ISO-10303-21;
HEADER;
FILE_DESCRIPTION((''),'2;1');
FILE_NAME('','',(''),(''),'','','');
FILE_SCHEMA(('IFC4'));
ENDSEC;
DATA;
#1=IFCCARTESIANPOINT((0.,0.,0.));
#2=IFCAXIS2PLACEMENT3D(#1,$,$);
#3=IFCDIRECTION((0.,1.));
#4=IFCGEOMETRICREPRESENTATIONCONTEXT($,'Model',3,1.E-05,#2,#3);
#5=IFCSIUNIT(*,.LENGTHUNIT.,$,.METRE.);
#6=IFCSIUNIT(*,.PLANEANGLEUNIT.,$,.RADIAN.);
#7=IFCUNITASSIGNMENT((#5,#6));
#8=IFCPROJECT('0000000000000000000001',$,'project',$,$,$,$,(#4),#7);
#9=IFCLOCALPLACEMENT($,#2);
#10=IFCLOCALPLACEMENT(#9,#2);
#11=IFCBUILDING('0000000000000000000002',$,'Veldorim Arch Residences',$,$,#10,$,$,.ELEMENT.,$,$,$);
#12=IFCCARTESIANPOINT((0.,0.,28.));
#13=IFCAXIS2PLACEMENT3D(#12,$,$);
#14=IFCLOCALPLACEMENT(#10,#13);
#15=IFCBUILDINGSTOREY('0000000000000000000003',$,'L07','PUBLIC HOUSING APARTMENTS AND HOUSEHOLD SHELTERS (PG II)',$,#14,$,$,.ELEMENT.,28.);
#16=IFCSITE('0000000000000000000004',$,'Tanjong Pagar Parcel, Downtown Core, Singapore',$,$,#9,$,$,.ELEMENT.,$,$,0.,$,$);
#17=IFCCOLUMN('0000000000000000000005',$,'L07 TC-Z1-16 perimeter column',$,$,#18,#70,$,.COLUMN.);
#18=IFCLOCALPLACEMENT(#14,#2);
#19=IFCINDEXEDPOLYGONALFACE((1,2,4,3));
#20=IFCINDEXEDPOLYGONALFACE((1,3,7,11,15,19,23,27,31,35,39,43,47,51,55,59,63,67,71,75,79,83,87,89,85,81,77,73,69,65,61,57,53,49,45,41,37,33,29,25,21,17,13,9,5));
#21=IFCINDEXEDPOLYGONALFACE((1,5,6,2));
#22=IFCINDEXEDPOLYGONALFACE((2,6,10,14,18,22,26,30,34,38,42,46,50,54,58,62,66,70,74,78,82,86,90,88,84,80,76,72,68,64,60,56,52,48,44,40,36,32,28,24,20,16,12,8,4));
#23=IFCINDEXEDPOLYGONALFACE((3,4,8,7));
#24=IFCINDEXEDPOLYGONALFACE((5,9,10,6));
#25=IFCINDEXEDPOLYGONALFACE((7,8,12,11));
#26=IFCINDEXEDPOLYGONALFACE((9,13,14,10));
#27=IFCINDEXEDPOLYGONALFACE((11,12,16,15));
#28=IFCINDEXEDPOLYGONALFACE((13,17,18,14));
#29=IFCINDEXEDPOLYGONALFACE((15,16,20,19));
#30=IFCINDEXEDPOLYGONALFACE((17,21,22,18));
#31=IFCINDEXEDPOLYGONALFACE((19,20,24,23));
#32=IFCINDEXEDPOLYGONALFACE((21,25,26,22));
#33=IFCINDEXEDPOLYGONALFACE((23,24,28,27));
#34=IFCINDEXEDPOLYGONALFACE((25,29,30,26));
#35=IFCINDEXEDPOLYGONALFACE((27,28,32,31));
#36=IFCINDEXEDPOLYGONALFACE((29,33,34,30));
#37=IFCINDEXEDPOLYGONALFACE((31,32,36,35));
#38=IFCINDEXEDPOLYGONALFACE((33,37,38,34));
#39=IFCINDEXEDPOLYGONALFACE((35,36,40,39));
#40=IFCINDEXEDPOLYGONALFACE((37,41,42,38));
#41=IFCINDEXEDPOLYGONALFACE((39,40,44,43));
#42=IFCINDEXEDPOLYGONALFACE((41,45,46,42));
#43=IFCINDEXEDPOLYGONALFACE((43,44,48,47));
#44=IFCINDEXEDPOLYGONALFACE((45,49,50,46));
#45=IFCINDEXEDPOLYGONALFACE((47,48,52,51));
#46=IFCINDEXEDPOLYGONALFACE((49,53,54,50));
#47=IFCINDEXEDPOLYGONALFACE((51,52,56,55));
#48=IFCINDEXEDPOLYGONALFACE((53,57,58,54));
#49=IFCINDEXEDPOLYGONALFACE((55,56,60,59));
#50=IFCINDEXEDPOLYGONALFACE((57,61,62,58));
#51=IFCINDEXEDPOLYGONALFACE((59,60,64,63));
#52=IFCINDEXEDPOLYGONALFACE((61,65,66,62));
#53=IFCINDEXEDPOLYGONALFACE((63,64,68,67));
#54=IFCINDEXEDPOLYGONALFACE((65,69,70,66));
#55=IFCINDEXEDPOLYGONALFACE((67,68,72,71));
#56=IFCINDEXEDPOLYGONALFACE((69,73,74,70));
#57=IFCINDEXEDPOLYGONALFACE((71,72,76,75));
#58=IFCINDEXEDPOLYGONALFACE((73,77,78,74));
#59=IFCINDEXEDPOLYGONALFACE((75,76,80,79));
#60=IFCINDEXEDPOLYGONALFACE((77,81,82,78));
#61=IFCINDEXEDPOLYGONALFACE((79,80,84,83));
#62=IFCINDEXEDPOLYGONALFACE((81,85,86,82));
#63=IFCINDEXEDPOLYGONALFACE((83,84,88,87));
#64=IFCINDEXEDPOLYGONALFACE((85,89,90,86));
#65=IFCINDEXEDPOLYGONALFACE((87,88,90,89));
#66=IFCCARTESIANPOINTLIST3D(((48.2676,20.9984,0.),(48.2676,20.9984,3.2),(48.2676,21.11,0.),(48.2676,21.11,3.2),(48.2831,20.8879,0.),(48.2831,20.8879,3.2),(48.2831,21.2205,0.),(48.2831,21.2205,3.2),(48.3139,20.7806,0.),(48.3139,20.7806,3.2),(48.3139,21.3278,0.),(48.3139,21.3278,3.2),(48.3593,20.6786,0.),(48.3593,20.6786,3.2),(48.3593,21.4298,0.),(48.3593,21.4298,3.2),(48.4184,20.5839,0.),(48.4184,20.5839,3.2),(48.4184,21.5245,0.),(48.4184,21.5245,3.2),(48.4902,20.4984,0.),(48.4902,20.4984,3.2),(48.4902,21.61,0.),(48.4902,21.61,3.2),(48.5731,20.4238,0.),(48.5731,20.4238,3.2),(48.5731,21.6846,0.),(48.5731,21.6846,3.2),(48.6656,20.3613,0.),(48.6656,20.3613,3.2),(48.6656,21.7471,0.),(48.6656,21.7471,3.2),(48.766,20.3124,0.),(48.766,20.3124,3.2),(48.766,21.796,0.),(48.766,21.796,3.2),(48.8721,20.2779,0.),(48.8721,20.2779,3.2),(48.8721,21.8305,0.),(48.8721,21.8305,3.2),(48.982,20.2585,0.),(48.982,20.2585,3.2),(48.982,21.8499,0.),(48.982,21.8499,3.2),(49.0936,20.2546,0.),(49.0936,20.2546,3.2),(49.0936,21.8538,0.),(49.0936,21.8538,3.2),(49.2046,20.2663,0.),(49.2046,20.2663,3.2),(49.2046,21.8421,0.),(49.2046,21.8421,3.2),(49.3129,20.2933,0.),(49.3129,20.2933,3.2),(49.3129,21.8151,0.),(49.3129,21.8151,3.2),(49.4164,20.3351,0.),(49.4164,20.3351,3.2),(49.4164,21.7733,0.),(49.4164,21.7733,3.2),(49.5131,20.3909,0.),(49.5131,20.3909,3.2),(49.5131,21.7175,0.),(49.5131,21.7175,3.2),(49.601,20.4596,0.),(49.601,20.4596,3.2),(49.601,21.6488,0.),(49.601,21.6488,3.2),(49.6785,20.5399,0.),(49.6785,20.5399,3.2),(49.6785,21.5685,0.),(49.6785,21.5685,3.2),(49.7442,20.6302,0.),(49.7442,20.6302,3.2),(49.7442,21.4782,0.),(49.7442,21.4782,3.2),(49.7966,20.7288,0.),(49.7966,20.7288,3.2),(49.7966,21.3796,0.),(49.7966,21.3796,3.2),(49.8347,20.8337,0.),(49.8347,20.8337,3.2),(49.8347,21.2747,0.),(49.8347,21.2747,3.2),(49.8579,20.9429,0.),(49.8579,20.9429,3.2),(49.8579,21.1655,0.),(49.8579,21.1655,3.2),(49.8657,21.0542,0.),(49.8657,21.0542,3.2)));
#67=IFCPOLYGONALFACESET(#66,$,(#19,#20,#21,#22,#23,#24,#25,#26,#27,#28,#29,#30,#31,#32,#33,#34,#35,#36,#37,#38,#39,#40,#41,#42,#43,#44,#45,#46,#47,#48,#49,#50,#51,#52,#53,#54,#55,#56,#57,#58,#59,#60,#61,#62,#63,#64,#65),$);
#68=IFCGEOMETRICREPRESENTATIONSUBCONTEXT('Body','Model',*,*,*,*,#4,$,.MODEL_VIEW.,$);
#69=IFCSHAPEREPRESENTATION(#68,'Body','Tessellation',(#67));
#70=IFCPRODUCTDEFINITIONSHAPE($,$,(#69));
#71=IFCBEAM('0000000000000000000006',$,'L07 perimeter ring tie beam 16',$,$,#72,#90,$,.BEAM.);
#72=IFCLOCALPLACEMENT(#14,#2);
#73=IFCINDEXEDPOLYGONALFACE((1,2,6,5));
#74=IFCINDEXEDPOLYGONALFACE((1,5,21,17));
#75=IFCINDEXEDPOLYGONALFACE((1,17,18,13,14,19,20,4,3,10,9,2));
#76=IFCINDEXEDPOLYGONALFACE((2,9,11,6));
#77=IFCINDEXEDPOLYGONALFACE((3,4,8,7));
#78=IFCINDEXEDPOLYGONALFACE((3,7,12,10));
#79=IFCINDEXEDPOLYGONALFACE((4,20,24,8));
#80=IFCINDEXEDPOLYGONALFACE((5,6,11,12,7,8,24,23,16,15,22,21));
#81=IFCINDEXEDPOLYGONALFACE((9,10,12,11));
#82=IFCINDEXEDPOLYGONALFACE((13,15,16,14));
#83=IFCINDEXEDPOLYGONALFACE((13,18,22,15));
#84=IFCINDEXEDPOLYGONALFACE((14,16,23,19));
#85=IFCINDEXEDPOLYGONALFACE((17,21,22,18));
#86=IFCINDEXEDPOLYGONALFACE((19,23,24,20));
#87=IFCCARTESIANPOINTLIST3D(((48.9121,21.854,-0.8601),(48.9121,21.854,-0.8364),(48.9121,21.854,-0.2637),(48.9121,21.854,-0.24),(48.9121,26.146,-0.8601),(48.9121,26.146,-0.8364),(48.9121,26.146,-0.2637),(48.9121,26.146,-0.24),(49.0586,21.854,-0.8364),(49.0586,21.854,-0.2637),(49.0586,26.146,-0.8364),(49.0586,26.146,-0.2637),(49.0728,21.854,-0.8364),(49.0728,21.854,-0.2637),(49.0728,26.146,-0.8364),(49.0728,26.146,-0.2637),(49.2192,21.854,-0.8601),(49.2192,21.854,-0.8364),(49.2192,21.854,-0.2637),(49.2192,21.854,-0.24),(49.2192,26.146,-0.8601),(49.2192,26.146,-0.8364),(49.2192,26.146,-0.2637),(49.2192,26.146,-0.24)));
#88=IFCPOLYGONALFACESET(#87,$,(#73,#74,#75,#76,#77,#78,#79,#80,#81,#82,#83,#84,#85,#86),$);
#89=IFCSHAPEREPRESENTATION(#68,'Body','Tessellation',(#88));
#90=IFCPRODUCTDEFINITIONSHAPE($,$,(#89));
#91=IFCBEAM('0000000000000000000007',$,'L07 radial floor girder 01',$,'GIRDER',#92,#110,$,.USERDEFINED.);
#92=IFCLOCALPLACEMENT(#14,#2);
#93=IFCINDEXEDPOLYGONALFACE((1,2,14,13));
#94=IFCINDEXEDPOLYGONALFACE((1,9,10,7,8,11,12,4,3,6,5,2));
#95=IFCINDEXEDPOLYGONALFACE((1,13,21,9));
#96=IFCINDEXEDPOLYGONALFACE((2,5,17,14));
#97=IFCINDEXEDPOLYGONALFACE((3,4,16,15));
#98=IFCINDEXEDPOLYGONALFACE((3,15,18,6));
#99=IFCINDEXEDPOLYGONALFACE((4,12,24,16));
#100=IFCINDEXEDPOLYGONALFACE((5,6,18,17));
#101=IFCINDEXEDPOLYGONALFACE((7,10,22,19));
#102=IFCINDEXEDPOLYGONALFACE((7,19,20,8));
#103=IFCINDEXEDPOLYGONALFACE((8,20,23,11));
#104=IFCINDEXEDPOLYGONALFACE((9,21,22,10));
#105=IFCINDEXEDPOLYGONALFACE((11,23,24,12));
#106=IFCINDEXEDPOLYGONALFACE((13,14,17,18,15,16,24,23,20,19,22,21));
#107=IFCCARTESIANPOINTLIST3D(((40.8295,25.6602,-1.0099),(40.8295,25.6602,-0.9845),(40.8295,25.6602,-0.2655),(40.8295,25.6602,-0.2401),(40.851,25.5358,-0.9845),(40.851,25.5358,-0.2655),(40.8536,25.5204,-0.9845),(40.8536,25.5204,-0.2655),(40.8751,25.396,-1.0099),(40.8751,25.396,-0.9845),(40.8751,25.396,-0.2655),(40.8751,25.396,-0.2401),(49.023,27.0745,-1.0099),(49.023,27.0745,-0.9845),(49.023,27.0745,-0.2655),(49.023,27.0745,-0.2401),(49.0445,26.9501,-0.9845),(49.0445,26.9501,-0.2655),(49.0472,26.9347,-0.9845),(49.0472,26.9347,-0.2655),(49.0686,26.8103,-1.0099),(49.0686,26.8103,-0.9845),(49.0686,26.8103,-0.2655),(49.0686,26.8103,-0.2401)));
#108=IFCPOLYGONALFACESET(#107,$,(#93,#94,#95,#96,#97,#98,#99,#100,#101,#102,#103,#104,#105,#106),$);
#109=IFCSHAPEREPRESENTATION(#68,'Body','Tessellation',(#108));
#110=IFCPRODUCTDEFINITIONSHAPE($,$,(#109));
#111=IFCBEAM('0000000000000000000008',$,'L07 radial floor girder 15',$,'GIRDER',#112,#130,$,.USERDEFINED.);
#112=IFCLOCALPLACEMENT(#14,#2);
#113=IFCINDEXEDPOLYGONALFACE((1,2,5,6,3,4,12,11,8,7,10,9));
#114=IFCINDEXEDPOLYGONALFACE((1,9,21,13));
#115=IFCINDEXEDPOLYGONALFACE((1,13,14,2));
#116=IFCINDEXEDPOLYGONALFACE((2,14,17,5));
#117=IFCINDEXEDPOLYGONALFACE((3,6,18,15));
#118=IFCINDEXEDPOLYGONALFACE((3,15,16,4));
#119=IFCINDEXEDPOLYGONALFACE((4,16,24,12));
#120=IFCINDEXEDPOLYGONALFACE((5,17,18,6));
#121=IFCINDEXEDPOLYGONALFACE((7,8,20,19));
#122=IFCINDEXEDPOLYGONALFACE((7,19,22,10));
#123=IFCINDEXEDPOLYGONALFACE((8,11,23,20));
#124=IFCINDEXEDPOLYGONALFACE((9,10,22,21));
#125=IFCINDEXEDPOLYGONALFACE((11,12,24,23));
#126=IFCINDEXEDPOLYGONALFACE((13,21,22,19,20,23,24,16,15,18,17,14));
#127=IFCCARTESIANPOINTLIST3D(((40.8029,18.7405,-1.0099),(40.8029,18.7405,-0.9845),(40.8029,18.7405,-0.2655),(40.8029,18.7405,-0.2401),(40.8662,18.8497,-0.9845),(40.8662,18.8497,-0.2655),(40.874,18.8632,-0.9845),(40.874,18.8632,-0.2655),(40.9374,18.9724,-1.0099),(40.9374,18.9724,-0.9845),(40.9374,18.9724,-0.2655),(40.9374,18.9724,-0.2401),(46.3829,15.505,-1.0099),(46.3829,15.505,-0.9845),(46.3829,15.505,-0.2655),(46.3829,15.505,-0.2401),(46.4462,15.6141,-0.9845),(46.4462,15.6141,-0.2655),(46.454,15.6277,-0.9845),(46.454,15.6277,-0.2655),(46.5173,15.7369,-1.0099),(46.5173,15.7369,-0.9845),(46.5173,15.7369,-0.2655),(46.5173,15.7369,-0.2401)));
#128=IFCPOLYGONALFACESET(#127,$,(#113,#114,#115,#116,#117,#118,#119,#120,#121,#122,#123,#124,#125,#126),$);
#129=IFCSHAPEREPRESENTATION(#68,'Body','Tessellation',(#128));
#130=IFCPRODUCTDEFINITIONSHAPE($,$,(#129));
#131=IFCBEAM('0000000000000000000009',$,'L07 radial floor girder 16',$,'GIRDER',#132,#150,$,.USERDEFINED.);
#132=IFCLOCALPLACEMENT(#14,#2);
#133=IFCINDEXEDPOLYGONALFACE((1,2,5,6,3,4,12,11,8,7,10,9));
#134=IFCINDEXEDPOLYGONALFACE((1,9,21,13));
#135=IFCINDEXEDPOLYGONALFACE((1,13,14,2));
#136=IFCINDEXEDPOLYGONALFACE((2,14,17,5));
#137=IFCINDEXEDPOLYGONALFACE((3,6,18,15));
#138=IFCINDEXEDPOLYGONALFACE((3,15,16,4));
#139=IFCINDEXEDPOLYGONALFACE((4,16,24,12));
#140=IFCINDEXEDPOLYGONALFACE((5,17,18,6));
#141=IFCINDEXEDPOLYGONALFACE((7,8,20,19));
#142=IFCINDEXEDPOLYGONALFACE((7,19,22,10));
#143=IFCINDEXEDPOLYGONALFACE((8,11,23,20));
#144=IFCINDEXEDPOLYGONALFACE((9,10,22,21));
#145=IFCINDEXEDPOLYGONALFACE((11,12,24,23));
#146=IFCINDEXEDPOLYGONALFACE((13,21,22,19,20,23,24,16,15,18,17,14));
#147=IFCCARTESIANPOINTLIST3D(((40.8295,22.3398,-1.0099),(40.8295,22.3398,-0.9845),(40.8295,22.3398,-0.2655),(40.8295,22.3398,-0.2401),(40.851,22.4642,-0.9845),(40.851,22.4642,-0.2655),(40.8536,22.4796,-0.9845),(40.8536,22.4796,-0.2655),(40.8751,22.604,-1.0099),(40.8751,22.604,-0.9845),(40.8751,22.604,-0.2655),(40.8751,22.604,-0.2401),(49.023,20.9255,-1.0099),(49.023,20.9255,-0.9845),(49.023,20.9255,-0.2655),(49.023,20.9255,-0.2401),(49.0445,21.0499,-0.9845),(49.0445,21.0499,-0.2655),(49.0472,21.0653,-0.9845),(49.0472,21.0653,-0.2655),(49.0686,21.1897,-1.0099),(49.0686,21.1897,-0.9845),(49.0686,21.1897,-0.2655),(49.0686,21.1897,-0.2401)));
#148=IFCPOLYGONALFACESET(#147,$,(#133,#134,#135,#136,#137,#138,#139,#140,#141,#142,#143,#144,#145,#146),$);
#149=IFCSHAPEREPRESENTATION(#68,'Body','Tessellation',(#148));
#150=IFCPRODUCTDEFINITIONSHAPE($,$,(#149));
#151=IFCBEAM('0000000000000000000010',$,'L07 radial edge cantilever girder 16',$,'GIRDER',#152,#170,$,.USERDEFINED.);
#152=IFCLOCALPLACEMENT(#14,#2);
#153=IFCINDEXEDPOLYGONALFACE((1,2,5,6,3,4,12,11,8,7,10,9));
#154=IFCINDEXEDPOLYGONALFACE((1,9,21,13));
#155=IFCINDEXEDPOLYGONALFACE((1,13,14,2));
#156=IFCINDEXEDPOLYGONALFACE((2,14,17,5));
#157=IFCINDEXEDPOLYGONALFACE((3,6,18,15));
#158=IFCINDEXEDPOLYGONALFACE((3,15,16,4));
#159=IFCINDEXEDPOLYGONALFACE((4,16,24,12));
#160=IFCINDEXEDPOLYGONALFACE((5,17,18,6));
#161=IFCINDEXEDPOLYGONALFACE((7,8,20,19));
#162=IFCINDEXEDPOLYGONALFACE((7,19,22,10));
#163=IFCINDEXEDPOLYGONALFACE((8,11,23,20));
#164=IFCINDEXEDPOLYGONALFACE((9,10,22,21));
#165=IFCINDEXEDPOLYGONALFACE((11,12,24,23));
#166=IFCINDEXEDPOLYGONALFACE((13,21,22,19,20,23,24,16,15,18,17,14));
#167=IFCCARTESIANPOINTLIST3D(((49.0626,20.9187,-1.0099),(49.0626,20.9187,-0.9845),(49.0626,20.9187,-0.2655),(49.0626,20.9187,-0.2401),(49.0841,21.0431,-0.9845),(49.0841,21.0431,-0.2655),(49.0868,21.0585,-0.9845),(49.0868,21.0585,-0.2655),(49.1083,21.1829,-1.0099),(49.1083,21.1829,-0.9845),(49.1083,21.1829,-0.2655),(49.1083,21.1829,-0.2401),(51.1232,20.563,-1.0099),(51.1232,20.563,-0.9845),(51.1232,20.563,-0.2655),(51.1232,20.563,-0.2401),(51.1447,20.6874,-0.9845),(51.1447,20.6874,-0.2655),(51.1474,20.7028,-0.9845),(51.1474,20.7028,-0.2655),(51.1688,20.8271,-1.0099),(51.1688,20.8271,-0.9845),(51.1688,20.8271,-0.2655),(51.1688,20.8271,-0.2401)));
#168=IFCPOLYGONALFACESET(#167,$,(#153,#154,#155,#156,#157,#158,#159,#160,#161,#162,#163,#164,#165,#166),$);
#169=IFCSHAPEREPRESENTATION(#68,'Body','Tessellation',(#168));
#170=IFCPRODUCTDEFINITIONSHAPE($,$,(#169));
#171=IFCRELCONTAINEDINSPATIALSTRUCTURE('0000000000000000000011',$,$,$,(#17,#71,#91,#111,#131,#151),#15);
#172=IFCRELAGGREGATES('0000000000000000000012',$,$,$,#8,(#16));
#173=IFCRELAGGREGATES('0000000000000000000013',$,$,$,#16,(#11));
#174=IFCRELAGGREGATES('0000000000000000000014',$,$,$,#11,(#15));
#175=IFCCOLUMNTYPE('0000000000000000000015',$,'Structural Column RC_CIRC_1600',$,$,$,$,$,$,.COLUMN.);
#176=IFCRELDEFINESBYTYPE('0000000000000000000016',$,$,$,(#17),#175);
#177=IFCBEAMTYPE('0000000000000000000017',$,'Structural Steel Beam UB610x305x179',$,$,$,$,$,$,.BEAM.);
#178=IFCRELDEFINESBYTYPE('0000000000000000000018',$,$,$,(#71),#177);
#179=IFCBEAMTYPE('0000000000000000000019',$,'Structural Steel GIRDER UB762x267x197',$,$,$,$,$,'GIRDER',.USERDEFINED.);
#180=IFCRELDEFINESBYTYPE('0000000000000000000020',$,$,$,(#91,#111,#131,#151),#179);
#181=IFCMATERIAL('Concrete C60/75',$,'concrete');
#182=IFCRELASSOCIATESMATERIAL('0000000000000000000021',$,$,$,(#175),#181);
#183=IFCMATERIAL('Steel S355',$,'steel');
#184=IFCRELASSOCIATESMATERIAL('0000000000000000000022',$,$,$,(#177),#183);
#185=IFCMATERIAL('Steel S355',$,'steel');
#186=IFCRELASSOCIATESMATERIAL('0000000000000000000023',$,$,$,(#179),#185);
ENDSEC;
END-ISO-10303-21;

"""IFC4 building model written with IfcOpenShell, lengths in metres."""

from ifc_helpers import new_model, si_unit, direction, frame, origin, origin_2d, place, context, subcontext, project, spatial, circle, i_section, extrude, material, material_profile, profile_set, type_object, element, save


model = new_model("IFC4")

# Units and contexts
model_context = context("Model", 3, precision=1e-05, world=origin(), true_north=direction((0.0, 1.0)))
body_context = subcontext(model_context, "Body", "Model", "MODEL_VIEW")
ifc_project = project(units=[si_unit("LENGTHUNIT", "METRE"), si_unit("PLANEANGLEUNIT", "RADIAN")], contexts=[model_context])

# Site, building, storey
site_placement = place(None, origin())
site = spatial("IfcSite", under=ifc_project, at=site_placement, Name="Tanjong Pagar Parcel, Downtown Core, Singapore", CompositionType="ELEMENT", RefElevation=0.0)
building_placement = place(site_placement, origin())
building = spatial("IfcBuilding", under=site, at=building_placement, Name="Veldorim Arch Residences", CompositionType="ELEMENT")
storey_placement = place(building_placement, frame((0.0, 0.0, 28.0)))
storey = spatial("IfcBuildingStorey", under=building, at=storey_placement, Name="L07", Description="PUBLIC HOUSING APARTMENTS AND HOUSEHOLD SHELTERS (PG II)", CompositionType="ELEMENT", Elevation=28.0)

# Column
ifc_material_1 = material(Name="Concrete C60/75", Category="concrete")
ifc_material_profile_1 = material_profile(ifc_material_1, circle(Radius=0.8, at=origin_2d()), Name="RC_CIRC_1600")
ifc_profile_set_1 = profile_set([ifc_material_profile_1], Name="Concrete C60/75")
column_type = type_object("IfcColumnType", Name="Structural Column RC_CIRC_1600", PredefinedType="COLUMN", material=ifc_profile_set_1)
column_placement = place(storey_placement, frame((49.0657, 21.0542, 0.0), z_axis=(0.0, 0.0, 1.0), x_axis=(1.0, 0.0, 0.0)))
element("IfcColumn", 1, at=column_placement, inside=storey, type_object=column_type, Name="L07 TC-Z1-16 perimeter column", PredefinedType="COLUMN", context=body_context, shape_type="SweptSolid", body=[
    extrude(circle(Radius=0.8, at=origin_2d()), origin(), (0.0, 0.0, 1.0), 3.2),
])

# Beams
ifc_material_2 = material(Name="Steel S355", Category="steel")
ifc_material_profile_2 = material_profile(ifc_material_2, i_section(OverallWidth=0.3071, OverallDepth=0.6201, WebThickness=0.0142, FlangeThickness=0.0237, at=origin_2d()), Name="UB610x305x179")
ifc_profile_set_2 = profile_set([ifc_material_profile_2], Name="Steel S355")
beam_type_1 = type_object("IfcBeamType", Name="Structural Steel Beam UB610x305x179", PredefinedType="BEAM", material=ifc_profile_set_2)
beam_1_placement = place(storey_placement, frame((49.0657, 21.854, -0.55), z_axis=(0.0, 1.0, 0.0), x_axis=(-1.0, 0.0, 0.0)))
element("IfcBeam", 2, at=beam_1_placement, inside=storey, type_object=beam_type_1, Name="L07 perimeter ring tie beam 16", PredefinedType="BEAM", context=body_context, shape_type="SweptSolid", body=[
    extrude(i_section(OverallWidth=0.3071, OverallDepth=0.6201, WebThickness=0.0142, FlangeThickness=0.0237, at=origin_2d()), origin(), (0.0, 0.0, 1.0), 4.292),
])
ifc_material_3 = material(Name="Steel S355", Category="steel")
ifc_material_profile_3 = material_profile(ifc_material_3, i_section(OverallWidth=0.2681, OverallDepth=0.7698, WebThickness=0.0156, FlangeThickness=0.0254, at=origin_2d()), Name="UB762x267x197")
ifc_profile_set_3 = profile_set([ifc_material_profile_3], Name="Steel S355")
beam_type_2 = type_object("IfcBeamType", Name="Structural Steel GIRDER UB762x267x197", ElementType="GIRDER", PredefinedType="USERDEFINED", material=ifc_profile_set_3)
beam_2_placement = place(storey_placement, frame((40.8523, 25.5281, -0.625), z_axis=(0.985428, 0.170096, 0.0), x_axis=(-0.170096, 0.985428, 0.0)))
element("IfcBeam", 3, at=beam_2_placement, inside=storey, type_object=beam_type_2, Name="L07 radial floor girder 01", ObjectType="GIRDER", PredefinedType="USERDEFINED", context=body_context, shape_type="SweptSolid", body=[
    extrude(i_section(OverallWidth=0.2681, OverallDepth=0.7698, WebThickness=0.0156, FlangeThickness=0.0254, at=origin_2d()), origin(), (0.0, 0.0, 1.0), 8.3147),
])
beam_3_placement = place(storey_placement, frame((40.8701, 18.8564, -0.625), z_axis=(0.865088, -0.50162, 0.0), x_axis=(0.50162, 0.865088, 0.0)))
element("IfcBeam", 4, at=beam_3_placement, inside=storey, type_object=beam_type_2, Name="L07 radial floor girder 15", ObjectType="GIRDER", PredefinedType="USERDEFINED", context=body_context, shape_type="SweptSolid", body=[
    extrude(i_section(OverallWidth=0.2681, OverallDepth=0.7698, WebThickness=0.0156, FlangeThickness=0.0254, at=origin_2d()), origin(), (0.0, 0.0, 1.0), 6.4502),
])
beam_4_placement = place(storey_placement, frame((40.8523, 22.4719, -0.625), z_axis=(0.985428, -0.170096, 0.0), x_axis=(0.170096, 0.985428, 0.0)))
element("IfcBeam", 5, at=beam_4_placement, inside=storey, type_object=beam_type_2, Name="L07 radial floor girder 16", ObjectType="GIRDER", PredefinedType="USERDEFINED", context=body_context, shape_type="SweptSolid", body=[
    extrude(i_section(OverallWidth=0.2681, OverallDepth=0.7698, WebThickness=0.0156, FlangeThickness=0.0254, at=origin_2d()), origin(), (0.0, 0.0, 1.0), 8.3147),
])
beam_5_placement = place(storey_placement, frame((49.0854, 21.0508, -0.625), z_axis=(0.985424, -0.170114, 0.0), x_axis=(0.170114, 0.985424, 0.0)))
element("IfcBeam", 6, at=beam_5_placement, inside=storey, type_object=beam_type_2, Name="L07 radial edge cantilever girder 16", ObjectType="GIRDER", PredefinedType="USERDEFINED", context=body_context, shape_type="SweptSolid", body=[
    extrude(i_section(OverallWidth=0.2681, OverallDepth=0.7698, WebThickness=0.0156, FlangeThickness=0.0254, at=origin_2d()), origin(), (0.0, 0.0, 1.0), 2.0911),
])

save(model, "model.ifc")
